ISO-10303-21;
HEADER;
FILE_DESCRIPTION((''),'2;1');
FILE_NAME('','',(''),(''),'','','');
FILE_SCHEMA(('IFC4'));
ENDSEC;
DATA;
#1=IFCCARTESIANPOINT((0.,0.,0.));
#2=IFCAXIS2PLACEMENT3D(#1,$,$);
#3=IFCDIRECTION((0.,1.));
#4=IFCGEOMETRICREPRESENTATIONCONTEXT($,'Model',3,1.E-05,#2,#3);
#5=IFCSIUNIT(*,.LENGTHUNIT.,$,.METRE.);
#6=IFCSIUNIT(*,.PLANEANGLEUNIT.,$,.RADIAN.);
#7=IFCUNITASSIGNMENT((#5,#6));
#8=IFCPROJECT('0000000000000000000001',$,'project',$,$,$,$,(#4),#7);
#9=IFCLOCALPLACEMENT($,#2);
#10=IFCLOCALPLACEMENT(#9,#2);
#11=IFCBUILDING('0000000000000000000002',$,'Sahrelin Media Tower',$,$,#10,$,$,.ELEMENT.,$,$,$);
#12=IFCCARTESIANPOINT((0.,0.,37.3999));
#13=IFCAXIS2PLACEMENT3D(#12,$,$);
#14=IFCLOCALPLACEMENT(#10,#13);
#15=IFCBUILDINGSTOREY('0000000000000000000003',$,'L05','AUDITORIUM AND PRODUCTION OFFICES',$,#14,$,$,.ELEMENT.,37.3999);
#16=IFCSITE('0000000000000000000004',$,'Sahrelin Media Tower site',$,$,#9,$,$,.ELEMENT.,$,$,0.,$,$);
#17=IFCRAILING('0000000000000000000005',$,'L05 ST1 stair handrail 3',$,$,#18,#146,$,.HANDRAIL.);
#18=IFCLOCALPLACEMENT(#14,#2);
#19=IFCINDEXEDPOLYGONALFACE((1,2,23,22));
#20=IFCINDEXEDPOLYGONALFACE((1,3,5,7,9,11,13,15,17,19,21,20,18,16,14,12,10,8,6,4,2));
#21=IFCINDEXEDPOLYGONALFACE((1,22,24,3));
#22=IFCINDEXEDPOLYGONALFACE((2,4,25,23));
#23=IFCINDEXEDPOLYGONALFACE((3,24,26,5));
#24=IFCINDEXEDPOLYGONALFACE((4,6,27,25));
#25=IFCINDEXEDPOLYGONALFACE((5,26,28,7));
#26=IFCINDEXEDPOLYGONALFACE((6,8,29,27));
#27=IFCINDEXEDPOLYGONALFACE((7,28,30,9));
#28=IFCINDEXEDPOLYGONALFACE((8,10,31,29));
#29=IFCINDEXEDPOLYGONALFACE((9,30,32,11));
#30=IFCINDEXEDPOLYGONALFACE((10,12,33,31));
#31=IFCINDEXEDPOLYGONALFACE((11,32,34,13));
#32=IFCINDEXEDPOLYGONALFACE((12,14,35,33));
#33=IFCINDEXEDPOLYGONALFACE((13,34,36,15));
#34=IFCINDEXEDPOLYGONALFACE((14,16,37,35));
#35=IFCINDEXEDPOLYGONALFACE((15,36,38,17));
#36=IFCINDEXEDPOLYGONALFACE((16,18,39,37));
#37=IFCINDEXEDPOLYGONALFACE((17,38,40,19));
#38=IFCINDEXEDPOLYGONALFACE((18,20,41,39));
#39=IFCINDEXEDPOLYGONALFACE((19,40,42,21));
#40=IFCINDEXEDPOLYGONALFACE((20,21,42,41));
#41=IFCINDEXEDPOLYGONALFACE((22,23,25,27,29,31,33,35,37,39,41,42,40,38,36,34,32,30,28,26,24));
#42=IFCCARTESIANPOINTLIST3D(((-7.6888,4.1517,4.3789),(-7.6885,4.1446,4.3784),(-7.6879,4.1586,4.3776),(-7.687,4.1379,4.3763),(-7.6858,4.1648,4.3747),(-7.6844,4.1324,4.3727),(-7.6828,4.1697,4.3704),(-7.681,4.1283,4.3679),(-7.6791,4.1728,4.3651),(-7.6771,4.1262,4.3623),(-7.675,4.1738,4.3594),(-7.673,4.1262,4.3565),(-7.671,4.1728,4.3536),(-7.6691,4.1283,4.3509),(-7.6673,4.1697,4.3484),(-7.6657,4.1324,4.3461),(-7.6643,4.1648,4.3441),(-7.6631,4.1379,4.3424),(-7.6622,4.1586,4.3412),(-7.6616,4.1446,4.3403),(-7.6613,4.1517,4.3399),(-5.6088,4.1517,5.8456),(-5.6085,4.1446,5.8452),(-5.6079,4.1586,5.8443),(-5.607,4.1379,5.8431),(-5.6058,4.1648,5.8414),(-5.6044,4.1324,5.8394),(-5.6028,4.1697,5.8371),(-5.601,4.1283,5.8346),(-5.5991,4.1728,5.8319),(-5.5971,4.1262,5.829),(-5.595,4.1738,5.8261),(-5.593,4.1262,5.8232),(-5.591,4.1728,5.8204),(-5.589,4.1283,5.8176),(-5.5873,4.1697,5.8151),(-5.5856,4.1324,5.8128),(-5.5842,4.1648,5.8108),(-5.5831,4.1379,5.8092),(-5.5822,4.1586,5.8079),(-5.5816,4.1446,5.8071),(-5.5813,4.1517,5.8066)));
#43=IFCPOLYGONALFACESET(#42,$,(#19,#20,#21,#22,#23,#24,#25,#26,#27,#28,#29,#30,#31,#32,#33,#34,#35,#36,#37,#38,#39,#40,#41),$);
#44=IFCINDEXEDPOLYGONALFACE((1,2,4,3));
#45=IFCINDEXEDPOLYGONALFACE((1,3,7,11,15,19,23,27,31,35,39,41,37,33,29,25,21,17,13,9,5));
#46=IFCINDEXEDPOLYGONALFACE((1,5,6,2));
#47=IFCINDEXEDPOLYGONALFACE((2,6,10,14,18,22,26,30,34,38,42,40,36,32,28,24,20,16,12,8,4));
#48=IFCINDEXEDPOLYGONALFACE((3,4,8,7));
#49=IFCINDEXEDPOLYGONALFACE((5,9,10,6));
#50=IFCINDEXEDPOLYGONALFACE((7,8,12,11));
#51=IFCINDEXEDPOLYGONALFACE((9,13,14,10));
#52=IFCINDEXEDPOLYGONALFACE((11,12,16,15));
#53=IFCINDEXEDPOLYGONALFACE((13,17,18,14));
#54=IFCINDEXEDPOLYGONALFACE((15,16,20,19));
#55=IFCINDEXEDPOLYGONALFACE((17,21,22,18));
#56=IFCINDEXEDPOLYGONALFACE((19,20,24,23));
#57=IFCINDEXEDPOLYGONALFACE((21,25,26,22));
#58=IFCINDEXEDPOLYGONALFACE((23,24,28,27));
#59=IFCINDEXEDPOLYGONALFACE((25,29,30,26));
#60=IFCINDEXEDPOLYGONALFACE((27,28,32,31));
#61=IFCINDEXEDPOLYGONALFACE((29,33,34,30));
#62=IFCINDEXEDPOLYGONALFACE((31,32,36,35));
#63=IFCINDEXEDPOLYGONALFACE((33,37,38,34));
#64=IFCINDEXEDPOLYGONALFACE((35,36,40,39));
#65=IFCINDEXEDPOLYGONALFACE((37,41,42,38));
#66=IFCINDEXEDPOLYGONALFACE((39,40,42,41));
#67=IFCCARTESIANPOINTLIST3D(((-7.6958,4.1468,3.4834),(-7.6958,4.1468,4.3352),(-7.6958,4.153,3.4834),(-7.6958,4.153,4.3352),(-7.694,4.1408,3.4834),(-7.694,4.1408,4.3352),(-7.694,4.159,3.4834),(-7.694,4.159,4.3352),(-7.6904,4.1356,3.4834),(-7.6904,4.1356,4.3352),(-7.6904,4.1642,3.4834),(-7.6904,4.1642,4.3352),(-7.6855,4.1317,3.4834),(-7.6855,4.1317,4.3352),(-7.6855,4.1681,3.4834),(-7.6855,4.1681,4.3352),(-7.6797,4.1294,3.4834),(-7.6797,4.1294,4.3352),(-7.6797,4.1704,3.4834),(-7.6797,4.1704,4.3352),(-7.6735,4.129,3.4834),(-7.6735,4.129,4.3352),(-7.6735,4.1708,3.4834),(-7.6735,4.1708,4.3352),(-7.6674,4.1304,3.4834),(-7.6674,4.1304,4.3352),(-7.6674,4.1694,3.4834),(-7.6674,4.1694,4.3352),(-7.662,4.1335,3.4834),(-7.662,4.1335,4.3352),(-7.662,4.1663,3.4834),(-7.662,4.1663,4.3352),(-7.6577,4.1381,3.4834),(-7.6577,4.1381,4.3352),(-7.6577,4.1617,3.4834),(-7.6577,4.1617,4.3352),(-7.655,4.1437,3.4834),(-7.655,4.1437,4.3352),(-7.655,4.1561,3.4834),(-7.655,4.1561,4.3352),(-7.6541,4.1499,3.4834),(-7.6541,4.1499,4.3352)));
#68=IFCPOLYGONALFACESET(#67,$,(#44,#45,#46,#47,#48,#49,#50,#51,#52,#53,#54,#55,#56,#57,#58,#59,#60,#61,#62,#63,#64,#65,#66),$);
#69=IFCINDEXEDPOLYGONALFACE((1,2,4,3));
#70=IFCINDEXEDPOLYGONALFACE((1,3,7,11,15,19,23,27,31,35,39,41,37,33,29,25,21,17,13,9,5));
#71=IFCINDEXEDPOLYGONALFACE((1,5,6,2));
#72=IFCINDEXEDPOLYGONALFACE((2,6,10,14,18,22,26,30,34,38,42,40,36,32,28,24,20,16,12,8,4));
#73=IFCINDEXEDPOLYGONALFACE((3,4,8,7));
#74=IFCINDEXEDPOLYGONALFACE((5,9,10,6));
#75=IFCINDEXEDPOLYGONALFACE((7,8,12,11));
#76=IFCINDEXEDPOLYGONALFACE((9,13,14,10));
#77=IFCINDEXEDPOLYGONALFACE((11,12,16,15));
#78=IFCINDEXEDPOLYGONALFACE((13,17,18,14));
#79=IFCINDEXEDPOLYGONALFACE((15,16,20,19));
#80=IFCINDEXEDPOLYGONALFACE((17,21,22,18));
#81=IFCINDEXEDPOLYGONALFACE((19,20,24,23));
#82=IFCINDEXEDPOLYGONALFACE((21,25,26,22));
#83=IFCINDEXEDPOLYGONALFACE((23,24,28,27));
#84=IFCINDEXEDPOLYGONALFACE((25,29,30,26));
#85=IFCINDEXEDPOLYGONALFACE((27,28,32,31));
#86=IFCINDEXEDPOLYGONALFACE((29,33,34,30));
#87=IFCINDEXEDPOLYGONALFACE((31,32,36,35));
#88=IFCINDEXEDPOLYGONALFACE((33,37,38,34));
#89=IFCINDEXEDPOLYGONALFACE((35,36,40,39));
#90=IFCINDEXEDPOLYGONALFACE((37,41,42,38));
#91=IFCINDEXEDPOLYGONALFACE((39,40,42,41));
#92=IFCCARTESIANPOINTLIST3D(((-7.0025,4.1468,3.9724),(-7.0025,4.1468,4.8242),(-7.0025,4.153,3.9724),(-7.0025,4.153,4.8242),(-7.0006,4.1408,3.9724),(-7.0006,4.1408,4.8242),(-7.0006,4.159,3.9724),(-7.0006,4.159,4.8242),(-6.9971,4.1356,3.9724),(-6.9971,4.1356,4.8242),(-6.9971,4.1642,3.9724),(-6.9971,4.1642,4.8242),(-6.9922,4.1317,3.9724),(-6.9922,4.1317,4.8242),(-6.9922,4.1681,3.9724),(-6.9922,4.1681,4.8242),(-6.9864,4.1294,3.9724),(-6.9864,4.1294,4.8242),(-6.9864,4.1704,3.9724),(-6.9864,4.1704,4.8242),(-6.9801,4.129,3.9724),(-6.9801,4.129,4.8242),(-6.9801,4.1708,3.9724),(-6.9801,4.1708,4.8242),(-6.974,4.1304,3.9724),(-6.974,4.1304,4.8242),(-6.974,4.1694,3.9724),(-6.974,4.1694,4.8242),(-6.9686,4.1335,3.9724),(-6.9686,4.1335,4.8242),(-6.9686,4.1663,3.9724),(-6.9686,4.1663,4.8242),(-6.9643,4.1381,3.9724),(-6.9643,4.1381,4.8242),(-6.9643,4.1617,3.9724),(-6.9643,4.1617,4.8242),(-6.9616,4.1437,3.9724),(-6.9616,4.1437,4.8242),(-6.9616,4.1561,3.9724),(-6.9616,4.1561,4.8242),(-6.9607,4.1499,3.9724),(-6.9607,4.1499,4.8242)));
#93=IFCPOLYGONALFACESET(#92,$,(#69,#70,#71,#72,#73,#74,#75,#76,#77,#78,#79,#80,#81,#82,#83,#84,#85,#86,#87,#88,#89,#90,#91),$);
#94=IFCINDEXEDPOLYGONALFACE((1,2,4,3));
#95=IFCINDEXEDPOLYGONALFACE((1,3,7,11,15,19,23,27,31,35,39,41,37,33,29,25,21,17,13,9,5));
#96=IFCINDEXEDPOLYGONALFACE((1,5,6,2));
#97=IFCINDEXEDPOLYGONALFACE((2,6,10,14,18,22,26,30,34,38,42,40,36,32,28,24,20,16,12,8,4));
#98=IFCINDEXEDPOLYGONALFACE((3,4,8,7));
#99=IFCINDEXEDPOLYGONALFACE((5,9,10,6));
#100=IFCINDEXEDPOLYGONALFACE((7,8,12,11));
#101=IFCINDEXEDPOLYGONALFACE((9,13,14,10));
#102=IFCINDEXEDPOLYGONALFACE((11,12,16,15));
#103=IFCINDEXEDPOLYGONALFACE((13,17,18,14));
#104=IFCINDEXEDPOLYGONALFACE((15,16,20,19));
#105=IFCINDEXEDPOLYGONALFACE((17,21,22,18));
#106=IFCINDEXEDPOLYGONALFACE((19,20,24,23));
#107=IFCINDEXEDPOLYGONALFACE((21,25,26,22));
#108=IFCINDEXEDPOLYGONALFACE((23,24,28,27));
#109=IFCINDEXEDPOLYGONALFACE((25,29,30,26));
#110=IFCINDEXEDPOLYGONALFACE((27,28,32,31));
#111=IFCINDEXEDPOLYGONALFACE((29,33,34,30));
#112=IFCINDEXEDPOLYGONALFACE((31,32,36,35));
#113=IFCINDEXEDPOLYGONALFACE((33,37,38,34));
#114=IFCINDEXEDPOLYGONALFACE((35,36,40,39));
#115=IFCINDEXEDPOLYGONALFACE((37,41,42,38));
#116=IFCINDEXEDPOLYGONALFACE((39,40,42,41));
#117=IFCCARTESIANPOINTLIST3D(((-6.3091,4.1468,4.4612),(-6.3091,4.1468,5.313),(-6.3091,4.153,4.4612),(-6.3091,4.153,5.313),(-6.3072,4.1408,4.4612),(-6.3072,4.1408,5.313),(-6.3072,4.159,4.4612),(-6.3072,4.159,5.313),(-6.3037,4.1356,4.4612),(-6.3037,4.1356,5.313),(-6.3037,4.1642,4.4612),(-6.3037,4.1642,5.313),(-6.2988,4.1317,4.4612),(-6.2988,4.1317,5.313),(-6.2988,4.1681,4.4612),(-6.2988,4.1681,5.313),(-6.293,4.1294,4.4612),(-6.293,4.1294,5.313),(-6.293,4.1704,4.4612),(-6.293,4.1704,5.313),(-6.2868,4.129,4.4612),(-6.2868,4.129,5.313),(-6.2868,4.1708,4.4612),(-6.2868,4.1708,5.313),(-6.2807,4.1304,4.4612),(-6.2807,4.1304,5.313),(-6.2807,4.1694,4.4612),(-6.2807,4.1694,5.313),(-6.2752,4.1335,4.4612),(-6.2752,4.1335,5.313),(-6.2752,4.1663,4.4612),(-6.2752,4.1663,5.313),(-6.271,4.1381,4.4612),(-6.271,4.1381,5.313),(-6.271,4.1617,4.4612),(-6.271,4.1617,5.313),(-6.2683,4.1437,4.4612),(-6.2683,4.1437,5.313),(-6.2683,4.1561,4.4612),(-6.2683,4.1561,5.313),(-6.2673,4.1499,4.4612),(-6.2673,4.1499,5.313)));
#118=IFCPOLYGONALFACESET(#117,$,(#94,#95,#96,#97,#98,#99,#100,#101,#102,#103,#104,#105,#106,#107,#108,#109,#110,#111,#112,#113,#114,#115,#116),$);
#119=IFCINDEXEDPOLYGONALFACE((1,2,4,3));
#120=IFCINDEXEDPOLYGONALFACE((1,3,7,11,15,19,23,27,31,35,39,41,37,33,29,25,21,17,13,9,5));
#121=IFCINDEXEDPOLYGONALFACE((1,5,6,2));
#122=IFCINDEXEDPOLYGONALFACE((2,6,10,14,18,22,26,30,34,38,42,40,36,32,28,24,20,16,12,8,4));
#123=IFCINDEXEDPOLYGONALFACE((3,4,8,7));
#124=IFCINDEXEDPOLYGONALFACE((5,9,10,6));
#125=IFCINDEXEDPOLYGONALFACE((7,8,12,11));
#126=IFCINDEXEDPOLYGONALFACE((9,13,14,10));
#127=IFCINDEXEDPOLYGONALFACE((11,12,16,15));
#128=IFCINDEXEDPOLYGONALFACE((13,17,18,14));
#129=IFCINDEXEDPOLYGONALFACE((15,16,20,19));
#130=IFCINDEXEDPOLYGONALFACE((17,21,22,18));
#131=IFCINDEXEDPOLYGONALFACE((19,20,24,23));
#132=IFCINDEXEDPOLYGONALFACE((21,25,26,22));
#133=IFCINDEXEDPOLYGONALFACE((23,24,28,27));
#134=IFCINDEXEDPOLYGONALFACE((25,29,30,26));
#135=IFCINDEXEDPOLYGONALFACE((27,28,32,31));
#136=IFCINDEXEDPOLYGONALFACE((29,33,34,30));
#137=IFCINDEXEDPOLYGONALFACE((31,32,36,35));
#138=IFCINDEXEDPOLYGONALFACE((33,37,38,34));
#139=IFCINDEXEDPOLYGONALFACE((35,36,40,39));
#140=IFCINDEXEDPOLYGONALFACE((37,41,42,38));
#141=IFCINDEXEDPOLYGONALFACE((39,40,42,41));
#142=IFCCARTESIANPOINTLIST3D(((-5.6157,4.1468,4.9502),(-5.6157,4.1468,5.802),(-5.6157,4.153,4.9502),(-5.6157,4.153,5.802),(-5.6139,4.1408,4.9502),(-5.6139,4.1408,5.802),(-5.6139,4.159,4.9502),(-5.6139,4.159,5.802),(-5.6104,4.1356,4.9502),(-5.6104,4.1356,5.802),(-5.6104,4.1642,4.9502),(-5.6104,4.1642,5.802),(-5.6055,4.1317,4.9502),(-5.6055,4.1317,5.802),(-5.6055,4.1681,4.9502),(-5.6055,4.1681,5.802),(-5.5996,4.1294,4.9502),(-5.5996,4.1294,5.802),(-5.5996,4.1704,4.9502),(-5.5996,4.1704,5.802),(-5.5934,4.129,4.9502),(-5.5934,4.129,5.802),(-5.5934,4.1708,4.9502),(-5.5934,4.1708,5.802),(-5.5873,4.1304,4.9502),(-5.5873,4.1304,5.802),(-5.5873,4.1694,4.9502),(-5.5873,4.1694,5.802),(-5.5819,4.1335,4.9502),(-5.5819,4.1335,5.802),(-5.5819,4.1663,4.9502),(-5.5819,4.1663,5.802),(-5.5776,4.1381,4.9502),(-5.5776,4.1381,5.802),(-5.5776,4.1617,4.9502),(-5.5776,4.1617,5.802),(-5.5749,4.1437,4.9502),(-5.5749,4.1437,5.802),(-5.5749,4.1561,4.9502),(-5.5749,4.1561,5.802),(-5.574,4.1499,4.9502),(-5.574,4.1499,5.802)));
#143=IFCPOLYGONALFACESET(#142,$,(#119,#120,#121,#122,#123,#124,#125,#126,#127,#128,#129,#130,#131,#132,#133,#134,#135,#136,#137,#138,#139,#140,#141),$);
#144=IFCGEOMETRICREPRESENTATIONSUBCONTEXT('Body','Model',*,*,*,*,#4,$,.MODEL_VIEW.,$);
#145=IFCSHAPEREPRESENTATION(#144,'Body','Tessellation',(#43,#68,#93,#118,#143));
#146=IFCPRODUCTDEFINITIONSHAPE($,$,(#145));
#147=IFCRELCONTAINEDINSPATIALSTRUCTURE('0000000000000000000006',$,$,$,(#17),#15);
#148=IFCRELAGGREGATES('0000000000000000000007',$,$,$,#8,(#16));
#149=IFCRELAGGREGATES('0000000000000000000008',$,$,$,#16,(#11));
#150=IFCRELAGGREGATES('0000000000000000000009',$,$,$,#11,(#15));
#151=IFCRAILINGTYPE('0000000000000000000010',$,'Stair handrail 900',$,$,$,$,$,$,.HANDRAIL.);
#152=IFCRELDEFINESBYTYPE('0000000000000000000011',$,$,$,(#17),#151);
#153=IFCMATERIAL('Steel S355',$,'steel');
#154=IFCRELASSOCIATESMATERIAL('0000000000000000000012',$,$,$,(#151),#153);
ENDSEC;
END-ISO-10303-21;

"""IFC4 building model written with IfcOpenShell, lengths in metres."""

from ifc_helpers import new_model, si_unit, direction, frame, origin, origin_2d, place, context, subcontext, project, spatial, circle, extrude, material, type_object, element, save


model = new_model("IFC4")

# Units and contexts
model_context = context("Model", 3, precision=1e-05, world=origin(), true_north=direction((0.0, 1.0)))
body_context = subcontext(model_context, "Body", "Model", "MODEL_VIEW")
ifc_project = project(units=[si_unit("LENGTHUNIT", "METRE"), si_unit("PLANEANGLEUNIT", "RADIAN")], contexts=[model_context])

# Site, building, storey
site_placement = place(None, origin())
site = spatial("IfcSite", under=ifc_project, at=site_placement, Name="Sahrelin Media Tower site", CompositionType="ELEMENT", RefElevation=0.0)
building_placement = place(site_placement, origin())
building = spatial("IfcBuilding", under=site, at=building_placement, Name="Sahrelin Media Tower", CompositionType="ELEMENT")
storey_placement = place(building_placement, frame((0.0, 0.0, 37.3999)))
storey = spatial("IfcBuildingStorey", under=building, at=storey_placement, Name="L05", Description="AUDITORIUM AND PRODUCTION OFFICES", CompositionType="ELEMENT", Elevation=37.3999)

# Shared definitions
ifc_material_1 = material(Name="Steel S355", Category="steel")

# Railing
railing_type_1 = type_object("IfcRailingType", Name="Stair handrail 900", PredefinedType="HANDRAIL", material=ifc_material_1)
for number, where, name in (
    (1, (-7.675, 4.1499, 3.4834), "L05 ST1 stair handrail 3"),
):
    element("IfcRailing", number, at=place(storey_placement, frame(where)), inside=storey, type_object=railing_type_1, Name=name, PredefinedType="HANDRAIL", context=body_context, shape_type="SweptSolid", body=[
        extrude(circle(Radius=0.0239, at=origin_2d()), frame((0.0, 0.0, 0.876), z_axis=(0.817244, 0.0, 0.576291), x_axis=(0.0, 1.0, 0.0)), (0.0, 0.0, 1.0), 2.5452),
        extrude(circle(Radius=0.021, at=origin_2d()), origin(), (0.0, 0.0, 1.0), 0.8518),
        extrude(circle(Radius=0.021, at=origin_2d()), frame((0.6934, 0.0, 0.489)), (0.0, 0.0, 1.0), 0.8518),
        extrude(circle(Radius=0.021, at=origin_2d()), frame((1.3867, 0.0, 0.9778)), (0.0, 0.0, 1.0), 0.8518),
        extrude(circle(Radius=0.021, at=origin_2d()), frame((2.0801, 0.0, 1.4668)), (0.0, 0.0, 1.0), 0.8518),
    ])

save(model, "model.ifc")
